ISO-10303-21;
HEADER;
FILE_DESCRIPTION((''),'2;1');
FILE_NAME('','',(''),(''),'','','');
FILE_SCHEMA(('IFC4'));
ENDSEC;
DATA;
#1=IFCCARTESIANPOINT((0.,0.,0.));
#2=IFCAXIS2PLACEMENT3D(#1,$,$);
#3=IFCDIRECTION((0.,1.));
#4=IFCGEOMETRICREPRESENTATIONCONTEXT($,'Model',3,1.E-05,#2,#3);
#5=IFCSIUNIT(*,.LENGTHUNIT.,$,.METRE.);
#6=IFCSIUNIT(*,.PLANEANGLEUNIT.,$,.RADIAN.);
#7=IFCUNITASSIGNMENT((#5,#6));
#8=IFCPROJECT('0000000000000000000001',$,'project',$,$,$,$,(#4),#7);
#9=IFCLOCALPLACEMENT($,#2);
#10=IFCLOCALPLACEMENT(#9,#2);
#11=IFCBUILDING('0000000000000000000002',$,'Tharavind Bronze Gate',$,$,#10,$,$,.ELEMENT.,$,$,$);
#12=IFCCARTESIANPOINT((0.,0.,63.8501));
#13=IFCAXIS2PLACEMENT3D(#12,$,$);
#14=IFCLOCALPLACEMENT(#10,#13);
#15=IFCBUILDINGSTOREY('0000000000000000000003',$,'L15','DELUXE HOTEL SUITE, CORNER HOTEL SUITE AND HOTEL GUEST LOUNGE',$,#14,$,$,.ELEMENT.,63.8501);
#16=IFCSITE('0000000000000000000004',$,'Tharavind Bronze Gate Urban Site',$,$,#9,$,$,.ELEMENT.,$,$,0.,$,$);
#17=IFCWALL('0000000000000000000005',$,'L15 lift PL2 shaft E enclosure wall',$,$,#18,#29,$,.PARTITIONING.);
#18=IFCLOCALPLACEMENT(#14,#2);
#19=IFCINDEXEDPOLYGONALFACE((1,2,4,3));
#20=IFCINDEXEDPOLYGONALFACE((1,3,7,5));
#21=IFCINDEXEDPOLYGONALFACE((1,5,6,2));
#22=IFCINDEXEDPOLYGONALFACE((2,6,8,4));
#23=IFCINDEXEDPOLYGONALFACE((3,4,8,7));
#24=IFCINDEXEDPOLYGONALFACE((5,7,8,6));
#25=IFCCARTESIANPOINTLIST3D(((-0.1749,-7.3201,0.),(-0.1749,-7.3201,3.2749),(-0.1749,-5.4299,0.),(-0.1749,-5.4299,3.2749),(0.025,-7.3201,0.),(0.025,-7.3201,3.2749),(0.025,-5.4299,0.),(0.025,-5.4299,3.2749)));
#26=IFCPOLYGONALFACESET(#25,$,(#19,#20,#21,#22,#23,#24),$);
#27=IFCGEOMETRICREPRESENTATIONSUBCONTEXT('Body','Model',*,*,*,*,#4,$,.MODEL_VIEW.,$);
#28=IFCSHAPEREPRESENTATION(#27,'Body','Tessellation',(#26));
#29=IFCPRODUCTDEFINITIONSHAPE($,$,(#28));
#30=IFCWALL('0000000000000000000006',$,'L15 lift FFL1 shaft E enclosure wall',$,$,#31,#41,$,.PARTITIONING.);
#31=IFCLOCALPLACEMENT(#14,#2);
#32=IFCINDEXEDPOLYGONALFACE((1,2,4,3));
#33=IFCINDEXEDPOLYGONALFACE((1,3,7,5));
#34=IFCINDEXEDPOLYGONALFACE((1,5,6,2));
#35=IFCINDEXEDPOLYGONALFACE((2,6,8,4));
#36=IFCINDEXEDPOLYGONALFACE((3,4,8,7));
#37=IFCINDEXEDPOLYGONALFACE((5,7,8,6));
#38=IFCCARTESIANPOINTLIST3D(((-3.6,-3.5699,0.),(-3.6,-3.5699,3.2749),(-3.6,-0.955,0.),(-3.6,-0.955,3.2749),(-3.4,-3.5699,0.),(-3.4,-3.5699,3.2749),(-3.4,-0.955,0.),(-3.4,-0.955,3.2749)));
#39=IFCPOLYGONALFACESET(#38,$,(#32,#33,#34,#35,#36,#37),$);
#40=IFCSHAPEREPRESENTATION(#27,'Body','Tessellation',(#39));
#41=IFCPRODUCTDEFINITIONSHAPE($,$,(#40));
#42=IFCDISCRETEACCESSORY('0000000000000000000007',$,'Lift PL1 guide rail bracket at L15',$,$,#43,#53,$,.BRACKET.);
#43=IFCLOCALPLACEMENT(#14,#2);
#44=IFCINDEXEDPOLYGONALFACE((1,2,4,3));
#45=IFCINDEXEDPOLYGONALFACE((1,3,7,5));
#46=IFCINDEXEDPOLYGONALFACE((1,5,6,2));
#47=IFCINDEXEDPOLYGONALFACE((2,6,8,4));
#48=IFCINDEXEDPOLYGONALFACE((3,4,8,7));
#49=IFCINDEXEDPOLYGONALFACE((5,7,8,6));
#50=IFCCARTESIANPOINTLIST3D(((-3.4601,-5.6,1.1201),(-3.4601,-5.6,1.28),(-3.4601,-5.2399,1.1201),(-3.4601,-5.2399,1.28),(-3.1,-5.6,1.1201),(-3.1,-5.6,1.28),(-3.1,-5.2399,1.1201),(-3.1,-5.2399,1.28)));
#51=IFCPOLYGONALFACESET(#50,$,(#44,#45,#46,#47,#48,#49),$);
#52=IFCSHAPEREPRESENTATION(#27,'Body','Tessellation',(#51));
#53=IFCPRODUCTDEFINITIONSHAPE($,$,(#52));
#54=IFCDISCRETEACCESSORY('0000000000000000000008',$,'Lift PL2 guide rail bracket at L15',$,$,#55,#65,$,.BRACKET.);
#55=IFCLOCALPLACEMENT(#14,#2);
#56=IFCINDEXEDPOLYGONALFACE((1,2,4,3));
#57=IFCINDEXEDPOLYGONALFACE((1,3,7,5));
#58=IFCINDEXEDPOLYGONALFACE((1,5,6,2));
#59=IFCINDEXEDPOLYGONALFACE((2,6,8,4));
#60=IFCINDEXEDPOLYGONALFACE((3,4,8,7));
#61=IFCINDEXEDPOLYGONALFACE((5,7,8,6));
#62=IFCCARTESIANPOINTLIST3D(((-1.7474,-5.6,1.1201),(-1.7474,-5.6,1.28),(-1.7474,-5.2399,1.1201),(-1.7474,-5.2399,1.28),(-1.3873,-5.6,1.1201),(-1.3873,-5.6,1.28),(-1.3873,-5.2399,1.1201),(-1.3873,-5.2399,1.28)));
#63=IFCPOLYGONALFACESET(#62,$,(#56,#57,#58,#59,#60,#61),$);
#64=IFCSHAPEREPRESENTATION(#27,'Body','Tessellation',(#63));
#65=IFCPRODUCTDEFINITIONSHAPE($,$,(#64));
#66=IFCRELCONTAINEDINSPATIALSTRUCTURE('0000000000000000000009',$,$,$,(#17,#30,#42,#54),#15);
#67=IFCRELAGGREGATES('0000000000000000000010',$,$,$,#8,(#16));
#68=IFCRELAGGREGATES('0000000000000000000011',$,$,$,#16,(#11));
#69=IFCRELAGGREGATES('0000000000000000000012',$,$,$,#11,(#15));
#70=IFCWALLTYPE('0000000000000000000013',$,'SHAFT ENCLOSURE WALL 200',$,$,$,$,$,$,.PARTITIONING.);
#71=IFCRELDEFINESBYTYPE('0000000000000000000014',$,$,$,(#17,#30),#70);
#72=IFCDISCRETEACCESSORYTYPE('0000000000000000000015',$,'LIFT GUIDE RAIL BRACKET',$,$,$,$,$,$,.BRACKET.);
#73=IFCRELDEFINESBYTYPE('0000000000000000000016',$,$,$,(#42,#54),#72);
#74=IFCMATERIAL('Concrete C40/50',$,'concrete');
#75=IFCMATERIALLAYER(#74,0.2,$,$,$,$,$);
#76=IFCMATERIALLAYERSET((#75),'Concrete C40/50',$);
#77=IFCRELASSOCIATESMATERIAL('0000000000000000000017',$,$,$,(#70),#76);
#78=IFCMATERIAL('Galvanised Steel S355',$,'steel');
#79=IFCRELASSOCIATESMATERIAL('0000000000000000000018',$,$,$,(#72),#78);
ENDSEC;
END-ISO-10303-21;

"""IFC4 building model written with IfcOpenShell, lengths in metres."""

from ifc_helpers import new_model, si_unit, direction, frame, frame_2d, origin, origin_2d, place, context, subcontext, project, spatial, rectangle, extrude, material, layer, layer_set, type_object, element, save


model = new_model("IFC4")

# Units and contexts
model_context = context("Model", 3, precision=1e-05, world=origin(), true_north=direction((0.0, 1.0)))
body_context = subcontext(model_context, "Body", "Model", "MODEL_VIEW")
ifc_project = project(units=[si_unit("LENGTHUNIT", "METRE"), si_unit("PLANEANGLEUNIT", "RADIAN")], contexts=[model_context])

# Site, building, storey
site_placement = place(None, origin())
site = spatial("IfcSite", under=ifc_project, at=site_placement, Name="Tharavind Bronze Gate Urban Site", CompositionType="ELEMENT", RefElevation=0.0)
building_placement = place(site_placement, origin())
building = spatial("IfcBuilding", under=site, at=building_placement, Name="Tharavind Bronze Gate", CompositionType="ELEMENT")
storey_placement = place(building_placement, frame((0.0, 0.0, 63.8501)))
storey = spatial("IfcBuildingStorey", under=building, at=storey_placement, Name="L15", Description="DELUXE HOTEL SUITE, CORNER HOTEL SUITE AND HOTEL GUEST LOUNGE", CompositionType="ELEMENT", Elevation=63.8501)

# Walls
ifc_material_1 = material(Name="Concrete C40/50", Category="concrete")
ifc_layer_1 = layer(ifc_material_1, 0.2)
ifc_layer_set_1 = layer_set([ifc_layer_1], Name="Concrete C40/50")
wall_type_1 = type_object("IfcWallType", Name="SHAFT ENCLOSURE WALL 200", PredefinedType="PARTITIONING", material=ifc_layer_set_1)
for number, where, z_axis, x_axis, name in (
    (1, (-0.075, -7.3201, 0.0), (0.0, 0.0, 1.0), (0.0, 1.0, 0.0), "L15 lift PL2 shaft E enclosure wall"),
):
    element("IfcWall", number, at=place(storey_placement, frame(where, z_axis=z_axis, x_axis=x_axis)), inside=storey, type_object=wall_type_1, Name=name, PredefinedType="PARTITIONING", context=body_context, shape_type="SweptSolid", body=[
        extrude(rectangle(XDim=1.8901, YDim=0.2, at=frame_2d((0.9451, 0.0))), origin(), (0.0, 0.0, 1.0), 3.2749),
    ])
wall_1_placement = place(storey_placement, frame((-3.5, -3.5701, 0.0), z_axis=(0.0, 0.0, 1.0), x_axis=(0.0, 1.0, 0.0)))
element("IfcWall", 2, at=wall_1_placement, inside=storey, type_object=wall_type_1, Name="L15 lift FFL1 shaft E enclosure wall", PredefinedType="PARTITIONING", context=body_context, shape_type="SweptSolid", body=[
    extrude(rectangle(XDim=2.615, YDim=0.2, at=frame_2d((1.3076, 0.0))), origin(), (0.0, 0.0, 1.0), 3.2749),
])

# Discrete accessories
ifc_material_2 = material(Name="Galvanised Steel S355", Category="steel")
discrete_accessory_type = type_object("IfcDiscreteAccessoryType", Name="LIFT GUIDE RAIL BRACKET", PredefinedType="BRACKET", material=ifc_material_2)
for number, where, z_axis, x_axis, name in (
    (3, (-3.28, -5.4199, 1.1201), (0.0, 0.0, 1.0), (1.0, 0.0, 0.0), "Lift PL1 guide rail bracket at L15"),
    (4, (-1.5674, -5.4199, 1.1201), (0.0, 0.0, 1.0), (1.0, 0.0, 0.0), "Lift PL2 guide rail bracket at L15"),
):
    element("IfcDiscreteAccessory", number, at=place(storey_placement, frame(where, z_axis=z_axis, x_axis=x_axis)), inside=storey, type_object=discrete_accessory_type, Name=name, PredefinedType="BRACKET", context=body_context, shape_type="SweptSolid", body=[
        extrude(rectangle(XDim=0.3601, YDim=0.3601, at=origin_2d()), origin(), (0.0, 0.0, 1.0), 0.1599),
    ])

save(model, "model.ifc")
